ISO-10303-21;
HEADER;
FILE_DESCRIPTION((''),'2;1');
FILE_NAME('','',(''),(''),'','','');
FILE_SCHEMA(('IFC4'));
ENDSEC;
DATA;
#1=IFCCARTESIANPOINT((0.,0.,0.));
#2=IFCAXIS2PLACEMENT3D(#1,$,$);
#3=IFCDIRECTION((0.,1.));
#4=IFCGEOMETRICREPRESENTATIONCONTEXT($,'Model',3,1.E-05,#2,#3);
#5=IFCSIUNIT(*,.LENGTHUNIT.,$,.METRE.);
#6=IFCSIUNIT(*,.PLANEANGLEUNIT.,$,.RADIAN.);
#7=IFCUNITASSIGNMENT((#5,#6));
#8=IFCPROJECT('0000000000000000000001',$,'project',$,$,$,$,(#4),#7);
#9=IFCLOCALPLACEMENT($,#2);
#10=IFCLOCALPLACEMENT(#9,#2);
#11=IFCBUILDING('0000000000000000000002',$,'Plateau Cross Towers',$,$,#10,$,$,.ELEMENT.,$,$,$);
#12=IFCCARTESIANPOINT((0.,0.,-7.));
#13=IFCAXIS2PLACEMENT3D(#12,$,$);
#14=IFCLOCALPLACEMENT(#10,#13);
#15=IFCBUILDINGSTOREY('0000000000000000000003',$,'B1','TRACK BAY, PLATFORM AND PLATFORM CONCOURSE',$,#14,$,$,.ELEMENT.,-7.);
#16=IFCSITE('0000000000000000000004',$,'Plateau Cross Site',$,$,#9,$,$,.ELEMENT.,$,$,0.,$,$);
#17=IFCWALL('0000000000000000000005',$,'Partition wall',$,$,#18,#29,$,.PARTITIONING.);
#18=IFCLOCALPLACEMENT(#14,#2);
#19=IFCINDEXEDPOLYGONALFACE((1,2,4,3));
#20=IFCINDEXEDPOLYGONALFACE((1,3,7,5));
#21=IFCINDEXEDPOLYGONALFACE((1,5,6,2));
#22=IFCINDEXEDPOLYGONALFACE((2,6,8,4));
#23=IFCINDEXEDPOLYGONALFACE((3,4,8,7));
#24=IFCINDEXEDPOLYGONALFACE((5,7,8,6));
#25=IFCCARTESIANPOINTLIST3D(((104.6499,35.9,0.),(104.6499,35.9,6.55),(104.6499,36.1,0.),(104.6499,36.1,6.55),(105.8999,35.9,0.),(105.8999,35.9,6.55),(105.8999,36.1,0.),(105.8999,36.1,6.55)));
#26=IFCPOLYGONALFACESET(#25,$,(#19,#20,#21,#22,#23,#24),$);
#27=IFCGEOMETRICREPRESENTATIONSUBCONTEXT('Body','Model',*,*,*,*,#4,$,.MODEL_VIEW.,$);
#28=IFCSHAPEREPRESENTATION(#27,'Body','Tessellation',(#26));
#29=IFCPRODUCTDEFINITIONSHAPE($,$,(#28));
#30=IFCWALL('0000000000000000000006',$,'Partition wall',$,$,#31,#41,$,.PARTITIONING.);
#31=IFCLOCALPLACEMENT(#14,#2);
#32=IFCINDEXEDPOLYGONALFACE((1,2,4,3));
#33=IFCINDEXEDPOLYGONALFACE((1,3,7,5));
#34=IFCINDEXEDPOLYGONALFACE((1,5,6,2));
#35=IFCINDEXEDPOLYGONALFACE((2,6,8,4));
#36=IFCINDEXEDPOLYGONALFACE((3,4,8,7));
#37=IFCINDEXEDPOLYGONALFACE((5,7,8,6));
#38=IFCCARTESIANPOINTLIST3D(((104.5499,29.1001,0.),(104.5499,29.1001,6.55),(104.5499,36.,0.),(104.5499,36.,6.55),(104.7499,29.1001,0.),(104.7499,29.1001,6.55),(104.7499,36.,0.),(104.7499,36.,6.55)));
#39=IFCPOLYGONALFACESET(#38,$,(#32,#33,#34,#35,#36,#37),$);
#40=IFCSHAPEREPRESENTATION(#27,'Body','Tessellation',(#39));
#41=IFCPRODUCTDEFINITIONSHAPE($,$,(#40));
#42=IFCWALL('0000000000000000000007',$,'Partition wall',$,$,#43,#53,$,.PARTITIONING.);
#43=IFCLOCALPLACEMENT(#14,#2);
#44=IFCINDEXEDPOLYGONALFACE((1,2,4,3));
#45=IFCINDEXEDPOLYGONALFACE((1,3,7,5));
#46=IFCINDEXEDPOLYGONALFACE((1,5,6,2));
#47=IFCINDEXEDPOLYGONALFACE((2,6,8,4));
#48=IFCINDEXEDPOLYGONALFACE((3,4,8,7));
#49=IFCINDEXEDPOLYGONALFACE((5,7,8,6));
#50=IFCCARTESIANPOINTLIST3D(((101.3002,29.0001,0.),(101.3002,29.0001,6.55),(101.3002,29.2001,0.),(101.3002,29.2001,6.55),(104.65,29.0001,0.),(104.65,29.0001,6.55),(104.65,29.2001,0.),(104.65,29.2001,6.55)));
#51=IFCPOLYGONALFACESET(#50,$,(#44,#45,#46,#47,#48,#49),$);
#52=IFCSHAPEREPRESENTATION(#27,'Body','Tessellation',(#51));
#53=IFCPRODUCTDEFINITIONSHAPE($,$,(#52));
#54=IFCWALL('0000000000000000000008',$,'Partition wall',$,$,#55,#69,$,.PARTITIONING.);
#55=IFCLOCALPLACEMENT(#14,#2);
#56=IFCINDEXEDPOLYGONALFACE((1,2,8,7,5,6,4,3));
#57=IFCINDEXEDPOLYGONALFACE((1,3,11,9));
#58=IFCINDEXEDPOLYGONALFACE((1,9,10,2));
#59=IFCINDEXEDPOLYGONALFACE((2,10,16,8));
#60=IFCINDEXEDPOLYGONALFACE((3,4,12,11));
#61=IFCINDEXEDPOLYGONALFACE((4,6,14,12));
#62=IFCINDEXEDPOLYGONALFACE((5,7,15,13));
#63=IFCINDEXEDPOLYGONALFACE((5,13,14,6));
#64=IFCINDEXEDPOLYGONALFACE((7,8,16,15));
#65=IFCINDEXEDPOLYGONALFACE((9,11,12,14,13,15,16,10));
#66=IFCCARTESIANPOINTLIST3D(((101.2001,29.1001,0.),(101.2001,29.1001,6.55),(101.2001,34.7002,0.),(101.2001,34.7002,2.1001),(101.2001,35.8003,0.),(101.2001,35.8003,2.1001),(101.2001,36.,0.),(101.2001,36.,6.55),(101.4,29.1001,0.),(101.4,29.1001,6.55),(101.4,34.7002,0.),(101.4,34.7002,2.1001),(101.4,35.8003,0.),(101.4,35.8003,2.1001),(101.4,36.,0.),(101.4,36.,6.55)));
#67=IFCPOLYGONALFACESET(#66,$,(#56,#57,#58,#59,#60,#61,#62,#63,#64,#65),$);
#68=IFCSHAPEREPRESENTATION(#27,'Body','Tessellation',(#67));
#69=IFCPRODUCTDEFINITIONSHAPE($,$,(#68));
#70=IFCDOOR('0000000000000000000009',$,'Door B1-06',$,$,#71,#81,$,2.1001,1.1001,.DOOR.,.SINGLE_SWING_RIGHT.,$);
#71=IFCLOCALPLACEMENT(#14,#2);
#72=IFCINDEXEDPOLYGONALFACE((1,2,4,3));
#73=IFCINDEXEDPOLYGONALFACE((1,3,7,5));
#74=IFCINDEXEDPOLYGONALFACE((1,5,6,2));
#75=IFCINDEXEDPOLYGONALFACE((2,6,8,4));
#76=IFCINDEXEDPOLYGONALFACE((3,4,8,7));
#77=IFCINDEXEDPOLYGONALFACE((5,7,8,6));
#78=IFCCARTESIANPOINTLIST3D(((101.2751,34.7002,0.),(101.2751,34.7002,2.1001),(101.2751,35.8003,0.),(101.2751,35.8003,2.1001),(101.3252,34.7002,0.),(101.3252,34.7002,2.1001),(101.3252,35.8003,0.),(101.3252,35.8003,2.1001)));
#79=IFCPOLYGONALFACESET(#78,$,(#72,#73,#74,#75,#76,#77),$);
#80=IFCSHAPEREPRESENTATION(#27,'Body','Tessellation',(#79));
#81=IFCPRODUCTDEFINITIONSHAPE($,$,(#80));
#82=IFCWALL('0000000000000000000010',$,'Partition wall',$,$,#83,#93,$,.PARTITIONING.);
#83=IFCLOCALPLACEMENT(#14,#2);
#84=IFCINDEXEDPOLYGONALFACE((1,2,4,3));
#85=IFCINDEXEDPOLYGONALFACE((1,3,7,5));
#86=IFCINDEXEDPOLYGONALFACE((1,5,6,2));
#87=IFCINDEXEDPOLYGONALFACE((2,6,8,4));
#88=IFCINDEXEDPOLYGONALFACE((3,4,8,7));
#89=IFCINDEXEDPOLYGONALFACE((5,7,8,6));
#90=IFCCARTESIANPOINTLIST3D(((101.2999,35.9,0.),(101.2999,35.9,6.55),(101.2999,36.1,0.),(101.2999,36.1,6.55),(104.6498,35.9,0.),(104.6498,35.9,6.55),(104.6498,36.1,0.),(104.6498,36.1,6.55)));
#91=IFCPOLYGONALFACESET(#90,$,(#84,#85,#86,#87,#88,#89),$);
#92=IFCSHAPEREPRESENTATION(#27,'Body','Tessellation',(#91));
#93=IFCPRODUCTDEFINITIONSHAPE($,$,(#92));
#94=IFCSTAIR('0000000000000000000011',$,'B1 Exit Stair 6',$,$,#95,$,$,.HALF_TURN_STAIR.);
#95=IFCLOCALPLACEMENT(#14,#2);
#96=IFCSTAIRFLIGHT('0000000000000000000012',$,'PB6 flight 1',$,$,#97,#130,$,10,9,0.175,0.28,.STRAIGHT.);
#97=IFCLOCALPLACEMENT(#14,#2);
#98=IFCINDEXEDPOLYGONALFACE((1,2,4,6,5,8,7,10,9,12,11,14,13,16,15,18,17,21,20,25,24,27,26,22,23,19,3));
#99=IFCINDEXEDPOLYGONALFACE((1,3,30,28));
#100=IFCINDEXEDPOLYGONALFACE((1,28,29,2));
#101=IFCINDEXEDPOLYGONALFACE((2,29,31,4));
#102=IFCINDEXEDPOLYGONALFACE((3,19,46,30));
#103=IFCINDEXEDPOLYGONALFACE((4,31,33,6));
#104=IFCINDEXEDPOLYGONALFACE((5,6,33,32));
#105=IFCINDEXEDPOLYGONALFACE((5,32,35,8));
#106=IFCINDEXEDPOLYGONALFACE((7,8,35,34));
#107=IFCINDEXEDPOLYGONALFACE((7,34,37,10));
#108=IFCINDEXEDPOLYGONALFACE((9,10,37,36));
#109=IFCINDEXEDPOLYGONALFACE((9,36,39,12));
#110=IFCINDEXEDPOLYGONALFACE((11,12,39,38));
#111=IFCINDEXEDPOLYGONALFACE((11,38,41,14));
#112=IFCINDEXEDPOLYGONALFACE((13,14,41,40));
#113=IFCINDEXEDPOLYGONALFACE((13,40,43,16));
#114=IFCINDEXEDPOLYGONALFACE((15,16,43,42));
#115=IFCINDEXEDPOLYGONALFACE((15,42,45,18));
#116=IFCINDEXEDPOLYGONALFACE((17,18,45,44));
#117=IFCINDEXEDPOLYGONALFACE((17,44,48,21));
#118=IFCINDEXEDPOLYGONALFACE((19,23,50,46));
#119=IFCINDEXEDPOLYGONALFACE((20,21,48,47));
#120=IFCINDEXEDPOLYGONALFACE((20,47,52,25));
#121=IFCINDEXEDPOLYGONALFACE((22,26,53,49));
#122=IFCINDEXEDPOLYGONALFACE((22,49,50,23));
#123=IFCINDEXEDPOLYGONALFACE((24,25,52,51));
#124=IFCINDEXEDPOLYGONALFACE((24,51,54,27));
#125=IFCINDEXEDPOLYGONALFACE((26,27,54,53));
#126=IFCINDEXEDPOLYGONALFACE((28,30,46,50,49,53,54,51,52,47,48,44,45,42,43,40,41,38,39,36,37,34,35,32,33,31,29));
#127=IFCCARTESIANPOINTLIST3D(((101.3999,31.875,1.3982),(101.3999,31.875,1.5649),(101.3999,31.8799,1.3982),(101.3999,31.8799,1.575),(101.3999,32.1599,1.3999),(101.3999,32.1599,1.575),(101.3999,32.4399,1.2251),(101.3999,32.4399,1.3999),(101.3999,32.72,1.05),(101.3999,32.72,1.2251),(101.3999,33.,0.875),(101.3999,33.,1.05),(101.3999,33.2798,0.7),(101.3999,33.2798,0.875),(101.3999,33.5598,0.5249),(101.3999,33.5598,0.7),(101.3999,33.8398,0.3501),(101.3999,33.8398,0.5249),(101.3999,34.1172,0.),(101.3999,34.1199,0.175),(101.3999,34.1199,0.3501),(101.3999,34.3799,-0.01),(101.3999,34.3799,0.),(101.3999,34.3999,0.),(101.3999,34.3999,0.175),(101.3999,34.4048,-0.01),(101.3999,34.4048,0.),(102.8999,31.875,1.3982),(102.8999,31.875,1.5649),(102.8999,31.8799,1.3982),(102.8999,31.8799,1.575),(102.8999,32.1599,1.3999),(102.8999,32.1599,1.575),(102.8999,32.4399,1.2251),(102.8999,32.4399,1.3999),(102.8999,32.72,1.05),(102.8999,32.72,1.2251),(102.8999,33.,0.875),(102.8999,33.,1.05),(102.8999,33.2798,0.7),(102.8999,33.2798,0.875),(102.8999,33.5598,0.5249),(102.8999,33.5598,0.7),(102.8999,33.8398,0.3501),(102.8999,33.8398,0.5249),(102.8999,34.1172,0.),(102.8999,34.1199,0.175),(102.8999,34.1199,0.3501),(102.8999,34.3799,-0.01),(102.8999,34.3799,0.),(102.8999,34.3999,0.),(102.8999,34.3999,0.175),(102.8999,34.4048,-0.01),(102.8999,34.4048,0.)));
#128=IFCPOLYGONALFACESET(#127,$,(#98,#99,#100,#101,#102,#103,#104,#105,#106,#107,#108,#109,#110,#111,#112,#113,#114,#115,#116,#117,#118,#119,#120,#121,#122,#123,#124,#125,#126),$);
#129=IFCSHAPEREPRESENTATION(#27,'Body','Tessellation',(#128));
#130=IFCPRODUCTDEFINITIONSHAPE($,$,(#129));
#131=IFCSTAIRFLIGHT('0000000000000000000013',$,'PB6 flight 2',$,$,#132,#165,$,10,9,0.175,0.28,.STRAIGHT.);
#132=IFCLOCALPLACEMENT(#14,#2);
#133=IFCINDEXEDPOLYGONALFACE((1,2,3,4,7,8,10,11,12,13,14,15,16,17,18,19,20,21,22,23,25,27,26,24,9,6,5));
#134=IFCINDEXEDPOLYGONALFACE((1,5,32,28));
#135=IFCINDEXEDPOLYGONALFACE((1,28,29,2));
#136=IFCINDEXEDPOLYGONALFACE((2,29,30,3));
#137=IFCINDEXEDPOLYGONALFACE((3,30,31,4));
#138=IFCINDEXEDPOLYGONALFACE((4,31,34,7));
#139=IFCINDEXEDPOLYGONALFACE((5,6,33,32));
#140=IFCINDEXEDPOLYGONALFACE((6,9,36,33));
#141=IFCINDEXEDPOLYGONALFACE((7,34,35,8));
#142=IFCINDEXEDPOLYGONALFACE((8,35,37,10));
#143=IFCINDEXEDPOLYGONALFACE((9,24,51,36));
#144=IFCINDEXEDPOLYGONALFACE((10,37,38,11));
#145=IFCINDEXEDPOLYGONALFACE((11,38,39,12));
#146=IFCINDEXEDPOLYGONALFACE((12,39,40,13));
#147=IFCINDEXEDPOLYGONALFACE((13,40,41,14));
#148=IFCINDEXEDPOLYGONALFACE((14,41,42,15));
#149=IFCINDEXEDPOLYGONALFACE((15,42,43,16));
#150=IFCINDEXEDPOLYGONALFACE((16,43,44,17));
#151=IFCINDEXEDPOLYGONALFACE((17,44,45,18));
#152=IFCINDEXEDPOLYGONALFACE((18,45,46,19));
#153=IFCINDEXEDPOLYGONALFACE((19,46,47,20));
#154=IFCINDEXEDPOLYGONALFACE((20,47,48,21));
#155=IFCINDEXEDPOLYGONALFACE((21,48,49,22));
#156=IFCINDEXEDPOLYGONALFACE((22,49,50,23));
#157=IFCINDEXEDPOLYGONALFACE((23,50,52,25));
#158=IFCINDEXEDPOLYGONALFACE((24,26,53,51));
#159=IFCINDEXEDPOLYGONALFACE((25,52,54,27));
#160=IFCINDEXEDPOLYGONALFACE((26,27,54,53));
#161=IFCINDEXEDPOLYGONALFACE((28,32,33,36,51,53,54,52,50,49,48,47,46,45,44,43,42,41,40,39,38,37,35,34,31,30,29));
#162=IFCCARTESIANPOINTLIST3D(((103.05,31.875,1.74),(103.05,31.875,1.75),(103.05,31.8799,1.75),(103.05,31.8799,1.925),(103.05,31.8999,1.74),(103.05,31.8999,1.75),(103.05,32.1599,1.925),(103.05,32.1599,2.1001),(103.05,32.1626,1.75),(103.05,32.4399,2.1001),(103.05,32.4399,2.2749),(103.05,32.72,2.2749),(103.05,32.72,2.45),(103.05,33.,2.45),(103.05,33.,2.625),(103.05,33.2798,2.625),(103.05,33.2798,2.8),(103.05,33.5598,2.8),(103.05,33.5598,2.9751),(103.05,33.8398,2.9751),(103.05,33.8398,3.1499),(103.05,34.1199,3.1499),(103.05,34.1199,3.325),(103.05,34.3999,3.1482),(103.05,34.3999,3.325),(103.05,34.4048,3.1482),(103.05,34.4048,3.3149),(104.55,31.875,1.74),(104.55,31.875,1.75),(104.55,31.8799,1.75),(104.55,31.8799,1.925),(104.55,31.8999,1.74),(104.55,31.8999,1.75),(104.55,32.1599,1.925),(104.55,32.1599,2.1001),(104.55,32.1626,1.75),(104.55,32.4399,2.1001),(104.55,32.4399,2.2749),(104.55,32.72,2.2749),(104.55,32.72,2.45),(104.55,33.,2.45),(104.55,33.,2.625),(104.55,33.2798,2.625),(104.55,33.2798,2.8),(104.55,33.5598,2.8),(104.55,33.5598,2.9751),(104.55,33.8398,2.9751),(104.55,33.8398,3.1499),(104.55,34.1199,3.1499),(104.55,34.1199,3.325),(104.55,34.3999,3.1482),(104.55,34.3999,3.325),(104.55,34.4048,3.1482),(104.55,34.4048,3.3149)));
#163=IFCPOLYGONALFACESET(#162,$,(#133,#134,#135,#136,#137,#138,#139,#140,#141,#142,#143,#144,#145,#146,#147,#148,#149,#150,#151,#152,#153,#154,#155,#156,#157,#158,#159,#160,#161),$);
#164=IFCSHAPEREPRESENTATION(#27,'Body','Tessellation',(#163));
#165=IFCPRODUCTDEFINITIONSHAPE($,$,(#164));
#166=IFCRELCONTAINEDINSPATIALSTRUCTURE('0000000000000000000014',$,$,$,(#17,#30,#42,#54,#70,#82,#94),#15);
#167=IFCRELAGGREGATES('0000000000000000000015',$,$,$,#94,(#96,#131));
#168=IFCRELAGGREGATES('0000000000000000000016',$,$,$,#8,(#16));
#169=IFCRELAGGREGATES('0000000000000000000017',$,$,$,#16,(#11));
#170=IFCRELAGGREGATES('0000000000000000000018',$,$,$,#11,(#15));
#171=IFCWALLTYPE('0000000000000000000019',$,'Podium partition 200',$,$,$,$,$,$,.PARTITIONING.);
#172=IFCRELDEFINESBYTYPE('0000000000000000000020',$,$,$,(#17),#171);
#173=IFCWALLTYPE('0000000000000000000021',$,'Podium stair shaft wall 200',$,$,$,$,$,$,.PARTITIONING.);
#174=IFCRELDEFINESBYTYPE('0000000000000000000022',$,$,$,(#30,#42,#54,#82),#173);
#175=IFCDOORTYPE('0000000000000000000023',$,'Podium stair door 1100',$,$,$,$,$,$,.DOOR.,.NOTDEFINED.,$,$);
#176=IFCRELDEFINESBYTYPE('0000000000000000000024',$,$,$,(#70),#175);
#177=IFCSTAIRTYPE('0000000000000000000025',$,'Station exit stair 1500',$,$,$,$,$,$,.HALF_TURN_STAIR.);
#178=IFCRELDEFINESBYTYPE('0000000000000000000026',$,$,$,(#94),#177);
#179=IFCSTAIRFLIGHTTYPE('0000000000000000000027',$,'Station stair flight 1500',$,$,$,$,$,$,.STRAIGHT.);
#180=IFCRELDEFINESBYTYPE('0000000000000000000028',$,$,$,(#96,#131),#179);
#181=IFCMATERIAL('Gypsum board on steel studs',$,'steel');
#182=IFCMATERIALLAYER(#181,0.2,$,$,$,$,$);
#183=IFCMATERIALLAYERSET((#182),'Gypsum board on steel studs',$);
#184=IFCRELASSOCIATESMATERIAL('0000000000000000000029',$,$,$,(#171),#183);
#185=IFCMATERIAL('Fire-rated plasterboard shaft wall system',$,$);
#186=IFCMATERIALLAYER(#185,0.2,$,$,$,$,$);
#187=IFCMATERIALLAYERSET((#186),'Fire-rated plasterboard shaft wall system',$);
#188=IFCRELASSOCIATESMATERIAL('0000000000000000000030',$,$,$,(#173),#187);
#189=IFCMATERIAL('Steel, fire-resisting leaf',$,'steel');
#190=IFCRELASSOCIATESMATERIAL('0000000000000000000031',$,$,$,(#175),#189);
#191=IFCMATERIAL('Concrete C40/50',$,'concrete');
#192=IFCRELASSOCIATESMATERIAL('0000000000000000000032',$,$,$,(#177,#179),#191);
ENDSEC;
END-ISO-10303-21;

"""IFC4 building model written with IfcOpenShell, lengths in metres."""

from ifc_helpers import new_model, si_unit, direction, frame, frame_2d, origin, place, context, subcontext, project, spatial, polyline, rectangle, outline, extrude, material, layer, layer_set, type_object, element, fill, aggregate, save


model = new_model("IFC4")

# Units and contexts
model_context = context("Model", 3, precision=1e-05, world=origin(), true_north=direction((0.0, 1.0)))
body_context = subcontext(model_context, "Body", "Model", "MODEL_VIEW")
ifc_project = project(units=[si_unit("LENGTHUNIT", "METRE"), si_unit("PLANEANGLEUNIT", "RADIAN")], contexts=[model_context])

# Site, building, storey
site_placement = place(None, origin())
site = spatial("IfcSite", under=ifc_project, at=site_placement, Name="Plateau Cross Site", CompositionType="ELEMENT", RefElevation=0.0)
building_placement = place(site_placement, origin())
building = spatial("IfcBuilding", under=site, at=building_placement, Name="Plateau Cross Towers", CompositionType="ELEMENT")
storey_placement = place(building_placement, frame((0.0, 0.0, -7.0)))
storey = spatial("IfcBuildingStorey", under=building, at=storey_placement, Name="B1", Description="TRACK BAY, PLATFORM AND PLATFORM CONCOURSE", CompositionType="ELEMENT", Elevation=-7.0)

# Shared definitions
ifc_material_1 = material(Name="Concrete C40/50", Category="concrete")

# Walls
ifc_material_2 = material(Name="Gypsum board on steel studs", Category="steel")
ifc_layer_1 = layer(ifc_material_2, 0.2)
ifc_layer_set_1 = layer_set([ifc_layer_1], Name="Gypsum board on steel studs")
wall_type_1 = type_object("IfcWallType", Name="Podium partition 200", PredefinedType="PARTITIONING", material=ifc_layer_set_1)
wall_1_placement = place(storey_placement, frame((105.8999, 36.0, 0.0), z_axis=(0.0, 0.0, 1.0), x_axis=(-1.0, 0.0, 0.0)))
element("IfcWall", 1, at=wall_1_placement, inside=storey, type_object=wall_type_1, Name="Partition wall", PredefinedType="PARTITIONING", context=body_context, shape_type="SweptSolid", body=[
    extrude(rectangle(XDim=1.25, YDim=0.2, at=frame_2d((0.625, 0.0))), origin(), (0.0, 0.0, 1.0), 6.55),
])
ifc_material_3 = material(Name="Fire-rated plasterboard shaft wall system")
ifc_layer_2 = layer(ifc_material_3, 0.2)
ifc_layer_set_2 = layer_set([ifc_layer_2], Name="Fire-rated plasterboard shaft wall system")
wall_type_2 = type_object("IfcWallType", Name="Podium stair shaft wall 200", PredefinedType="PARTITIONING", material=ifc_layer_set_2)
wall_2_placement = place(storey_placement, frame((104.6499, 36.0, 0.0), z_axis=(0.0, 0.0, 1.0), x_axis=(0.0, -1.0, 0.0)))
element("IfcWall", 2, at=wall_2_placement, inside=storey, type_object=wall_type_2, Name="Partition wall", PredefinedType="PARTITIONING", context=body_context, shape_type="SweptSolid", body=[
    extrude(rectangle(XDim=6.8999, YDim=0.2, at=frame_2d((3.45, 0.0))), origin(), (0.0, 0.0, 1.0), 6.55),
])
wall_3_placement = place(storey_placement, frame((104.6499, 29.1001, 0.0), z_axis=(0.0, 0.0, 1.0), x_axis=(-1.0, 0.0, 0.0)))
element("IfcWall", 3, at=wall_3_placement, inside=storey, type_object=wall_type_2, Name="Partition wall", PredefinedType="PARTITIONING", context=body_context, shape_type="SweptSolid", body=[
    extrude(rectangle(XDim=3.3499, YDim=0.2, at=frame_2d((1.6748, 0.0))), origin(), (0.0, 0.0, 1.0), 6.55),
])

# Wall, opening, door
wall_4_placement = place(storey_placement, frame((101.3, 29.1001, 0.0), z_axis=(0.0, 0.0, 1.0), x_axis=(0.0, 1.0, 0.0)))
wall_4 = element("IfcWall", 4, at=wall_4_placement, inside=storey, type_object=wall_type_2, Name="Partition wall", PredefinedType="PARTITIONING", context=body_context, shape_type="SweptSolid", body=[
    extrude(rectangle(XDim=6.8999, YDim=0.2, at=frame_2d((3.45, 0.0))), origin(), (0.0, 0.0, 1.0), 6.55),
])
opening_placement = place(wall_4_placement, frame((5.6001, 0.0, 0.0)))
opening = element("IfcOpeningElement", 5, at=opening_placement, cuts=wall_4, PredefinedType="OPENING", context=body_context, shape_type="SweptSolid", body=[
    extrude(rectangle(XDim=1.1001, YDim=2.1001, at=frame_2d((0.55, 1.05))), frame((0.0, 0.1099, 0.0), z_axis=(0.0, -1.0, 0.0), x_axis=(1.0, 0.0, 0.0)), (0.0, 0.0, 1.0), 0.22),
])
ifc_material_4 = material(Name="Steel, fire-resisting leaf", Category="steel")
door_type = type_object("IfcDoorType", Name="Podium stair door 1100", OperationType="NOTDEFINED", PredefinedType="DOOR", material=ifc_material_4)
door_placement = place(opening_placement, origin())
door = element("IfcDoor", 6, at=door_placement, inside=storey, type_object=door_type, Name="Door B1-06", OperationType="SINGLE_SWING_RIGHT", OverallHeight=2.1001, OverallWidth=1.1001, PredefinedType="DOOR", context=body_context, shape_type="SweptSolid", body=[
    extrude(rectangle(XDim=1.1001, YDim=2.1001, at=frame_2d((0.55, 1.05))), frame((0.0, 0.0249, 0.0), z_axis=(0.0, -1.0, 0.0), x_axis=(1.0, 0.0, 0.0)), (0.0, 0.0, 1.0), 0.05),
])
fill(opening, door)

# Wall
wall_5_placement = place(storey_placement, frame((101.3, 36.0, 0.0), z_axis=(0.0, 0.0, 1.0), x_axis=(1.0, 0.0, 0.0)))
element("IfcWall", 7, at=wall_5_placement, inside=storey, type_object=wall_type_2, Name="Partition wall", PredefinedType="PARTITIONING", context=body_context, shape_type="SweptSolid", body=[
    extrude(rectangle(XDim=3.3499, YDim=0.2, at=frame_2d((1.6748, 0.0))), origin(), (0.0, 0.0, 1.0), 6.55),
])

# Stair, stair flights
stair_type = type_object("IfcStairType", Name="Station exit stair 1500", PredefinedType="HALF_TURN_STAIR", material=ifc_material_1)
stair_placement = place(storey_placement, origin())
stair = element("IfcStair", 8, at=stair_placement, inside=storey, type_object=stair_type, Name="B1 Exit Stair 6", PredefinedType="HALF_TURN_STAIR")
stair_flight_type = type_object("IfcStairFlightType", Name="Station stair flight 1500", PredefinedType="STRAIGHT", material=ifc_material_1)
stair_flight_1_placement = place(storey_placement, frame((102.1499, 34.3999, 0.0), z_axis=(0.0, 0.0, 1.0), x_axis=(0.0, -1.0, 0.0)))
stair_flight_1 = element("IfcStairFlight", 9, at=stair_flight_1_placement, type_object=stair_flight_type, Name="PB6 flight 1", NumberOfRisers=10, NumberOfTreads=9, PredefinedType="STRAIGHT", RiserHeight=0.175, TreadLength=0.28, context=body_context, shape_type="SweptSolid", body=[
    extrude(outline(polyline([(-0.0049, -0.01), (-0.0049, 0.0), (0.0, 0.0), (0.0, 0.175), (0.28, 0.175), (0.28, 0.3501), (0.5601, 0.3501), (0.5601, 0.5249), (0.8401, 0.5249), (0.8401, 0.7), (1.1201, 0.7), (1.1201, 0.875), (1.3999, 0.875), (1.3999, 1.05), (1.6799, 1.05), (1.6799, 1.2251), (1.96, 1.2251), (1.96, 1.3999), (2.24, 1.3999), (2.24, 1.575), (2.52, 1.575), (2.5249, 1.5649), (2.5249, 1.3982), (2.52, 1.3982), (0.2827, 0.0), (0.02, 0.0), (0.02, -0.01), (-0.0049, -0.01)])), frame((0.0, 0.75, 0.0), z_axis=(0.0, -1.0, 0.0), x_axis=(1.0, 0.0, 0.0)), (0.0, 0.0, 1.0), 1.5),
])
stair_flight_2_placement = place(storey_placement, frame((103.8, 31.8799, 1.75), z_axis=(0.0, 0.0, 1.0), x_axis=(0.0, 1.0, 0.0)))
stair_flight_2 = element("IfcStairFlight", 10, at=stair_flight_2_placement, type_object=stair_flight_type, Name="PB6 flight 2", NumberOfRisers=10, NumberOfTreads=9, PredefinedType="STRAIGHT", RiserHeight=0.175, TreadLength=0.28, context=body_context, shape_type="SweptSolid", body=[
    extrude(outline(polyline([(-0.0049, -0.01), (-0.0049, 0.0), (0.0, 0.0), (0.0, 0.175), (0.28, 0.175), (0.28, 0.3501), (0.5601, 0.3501), (0.5601, 0.5249), (0.8401, 0.5249), (0.8401, 0.7), (1.1201, 0.7), (1.1201, 0.875), (1.3999, 0.875), (1.3999, 1.05), (1.6799, 1.05), (1.6799, 1.2251), (1.96, 1.2251), (1.96, 1.3999), (2.24, 1.3999), (2.24, 1.575), (2.52, 1.575), (2.5249, 1.5649), (2.5249, 1.3982), (2.52, 1.3982), (0.2827, 0.0), (0.02, 0.0), (0.02, -0.01), (-0.0049, -0.01)])), frame((0.0, 0.75, 0.0), z_axis=(0.0, -1.0, 0.0), x_axis=(1.0, 0.0, 0.0)), (0.0, 0.0, 1.0), 1.5),
])
aggregate(stair, [stair_flight_1, stair_flight_2])

save(model, "model.ifc")
